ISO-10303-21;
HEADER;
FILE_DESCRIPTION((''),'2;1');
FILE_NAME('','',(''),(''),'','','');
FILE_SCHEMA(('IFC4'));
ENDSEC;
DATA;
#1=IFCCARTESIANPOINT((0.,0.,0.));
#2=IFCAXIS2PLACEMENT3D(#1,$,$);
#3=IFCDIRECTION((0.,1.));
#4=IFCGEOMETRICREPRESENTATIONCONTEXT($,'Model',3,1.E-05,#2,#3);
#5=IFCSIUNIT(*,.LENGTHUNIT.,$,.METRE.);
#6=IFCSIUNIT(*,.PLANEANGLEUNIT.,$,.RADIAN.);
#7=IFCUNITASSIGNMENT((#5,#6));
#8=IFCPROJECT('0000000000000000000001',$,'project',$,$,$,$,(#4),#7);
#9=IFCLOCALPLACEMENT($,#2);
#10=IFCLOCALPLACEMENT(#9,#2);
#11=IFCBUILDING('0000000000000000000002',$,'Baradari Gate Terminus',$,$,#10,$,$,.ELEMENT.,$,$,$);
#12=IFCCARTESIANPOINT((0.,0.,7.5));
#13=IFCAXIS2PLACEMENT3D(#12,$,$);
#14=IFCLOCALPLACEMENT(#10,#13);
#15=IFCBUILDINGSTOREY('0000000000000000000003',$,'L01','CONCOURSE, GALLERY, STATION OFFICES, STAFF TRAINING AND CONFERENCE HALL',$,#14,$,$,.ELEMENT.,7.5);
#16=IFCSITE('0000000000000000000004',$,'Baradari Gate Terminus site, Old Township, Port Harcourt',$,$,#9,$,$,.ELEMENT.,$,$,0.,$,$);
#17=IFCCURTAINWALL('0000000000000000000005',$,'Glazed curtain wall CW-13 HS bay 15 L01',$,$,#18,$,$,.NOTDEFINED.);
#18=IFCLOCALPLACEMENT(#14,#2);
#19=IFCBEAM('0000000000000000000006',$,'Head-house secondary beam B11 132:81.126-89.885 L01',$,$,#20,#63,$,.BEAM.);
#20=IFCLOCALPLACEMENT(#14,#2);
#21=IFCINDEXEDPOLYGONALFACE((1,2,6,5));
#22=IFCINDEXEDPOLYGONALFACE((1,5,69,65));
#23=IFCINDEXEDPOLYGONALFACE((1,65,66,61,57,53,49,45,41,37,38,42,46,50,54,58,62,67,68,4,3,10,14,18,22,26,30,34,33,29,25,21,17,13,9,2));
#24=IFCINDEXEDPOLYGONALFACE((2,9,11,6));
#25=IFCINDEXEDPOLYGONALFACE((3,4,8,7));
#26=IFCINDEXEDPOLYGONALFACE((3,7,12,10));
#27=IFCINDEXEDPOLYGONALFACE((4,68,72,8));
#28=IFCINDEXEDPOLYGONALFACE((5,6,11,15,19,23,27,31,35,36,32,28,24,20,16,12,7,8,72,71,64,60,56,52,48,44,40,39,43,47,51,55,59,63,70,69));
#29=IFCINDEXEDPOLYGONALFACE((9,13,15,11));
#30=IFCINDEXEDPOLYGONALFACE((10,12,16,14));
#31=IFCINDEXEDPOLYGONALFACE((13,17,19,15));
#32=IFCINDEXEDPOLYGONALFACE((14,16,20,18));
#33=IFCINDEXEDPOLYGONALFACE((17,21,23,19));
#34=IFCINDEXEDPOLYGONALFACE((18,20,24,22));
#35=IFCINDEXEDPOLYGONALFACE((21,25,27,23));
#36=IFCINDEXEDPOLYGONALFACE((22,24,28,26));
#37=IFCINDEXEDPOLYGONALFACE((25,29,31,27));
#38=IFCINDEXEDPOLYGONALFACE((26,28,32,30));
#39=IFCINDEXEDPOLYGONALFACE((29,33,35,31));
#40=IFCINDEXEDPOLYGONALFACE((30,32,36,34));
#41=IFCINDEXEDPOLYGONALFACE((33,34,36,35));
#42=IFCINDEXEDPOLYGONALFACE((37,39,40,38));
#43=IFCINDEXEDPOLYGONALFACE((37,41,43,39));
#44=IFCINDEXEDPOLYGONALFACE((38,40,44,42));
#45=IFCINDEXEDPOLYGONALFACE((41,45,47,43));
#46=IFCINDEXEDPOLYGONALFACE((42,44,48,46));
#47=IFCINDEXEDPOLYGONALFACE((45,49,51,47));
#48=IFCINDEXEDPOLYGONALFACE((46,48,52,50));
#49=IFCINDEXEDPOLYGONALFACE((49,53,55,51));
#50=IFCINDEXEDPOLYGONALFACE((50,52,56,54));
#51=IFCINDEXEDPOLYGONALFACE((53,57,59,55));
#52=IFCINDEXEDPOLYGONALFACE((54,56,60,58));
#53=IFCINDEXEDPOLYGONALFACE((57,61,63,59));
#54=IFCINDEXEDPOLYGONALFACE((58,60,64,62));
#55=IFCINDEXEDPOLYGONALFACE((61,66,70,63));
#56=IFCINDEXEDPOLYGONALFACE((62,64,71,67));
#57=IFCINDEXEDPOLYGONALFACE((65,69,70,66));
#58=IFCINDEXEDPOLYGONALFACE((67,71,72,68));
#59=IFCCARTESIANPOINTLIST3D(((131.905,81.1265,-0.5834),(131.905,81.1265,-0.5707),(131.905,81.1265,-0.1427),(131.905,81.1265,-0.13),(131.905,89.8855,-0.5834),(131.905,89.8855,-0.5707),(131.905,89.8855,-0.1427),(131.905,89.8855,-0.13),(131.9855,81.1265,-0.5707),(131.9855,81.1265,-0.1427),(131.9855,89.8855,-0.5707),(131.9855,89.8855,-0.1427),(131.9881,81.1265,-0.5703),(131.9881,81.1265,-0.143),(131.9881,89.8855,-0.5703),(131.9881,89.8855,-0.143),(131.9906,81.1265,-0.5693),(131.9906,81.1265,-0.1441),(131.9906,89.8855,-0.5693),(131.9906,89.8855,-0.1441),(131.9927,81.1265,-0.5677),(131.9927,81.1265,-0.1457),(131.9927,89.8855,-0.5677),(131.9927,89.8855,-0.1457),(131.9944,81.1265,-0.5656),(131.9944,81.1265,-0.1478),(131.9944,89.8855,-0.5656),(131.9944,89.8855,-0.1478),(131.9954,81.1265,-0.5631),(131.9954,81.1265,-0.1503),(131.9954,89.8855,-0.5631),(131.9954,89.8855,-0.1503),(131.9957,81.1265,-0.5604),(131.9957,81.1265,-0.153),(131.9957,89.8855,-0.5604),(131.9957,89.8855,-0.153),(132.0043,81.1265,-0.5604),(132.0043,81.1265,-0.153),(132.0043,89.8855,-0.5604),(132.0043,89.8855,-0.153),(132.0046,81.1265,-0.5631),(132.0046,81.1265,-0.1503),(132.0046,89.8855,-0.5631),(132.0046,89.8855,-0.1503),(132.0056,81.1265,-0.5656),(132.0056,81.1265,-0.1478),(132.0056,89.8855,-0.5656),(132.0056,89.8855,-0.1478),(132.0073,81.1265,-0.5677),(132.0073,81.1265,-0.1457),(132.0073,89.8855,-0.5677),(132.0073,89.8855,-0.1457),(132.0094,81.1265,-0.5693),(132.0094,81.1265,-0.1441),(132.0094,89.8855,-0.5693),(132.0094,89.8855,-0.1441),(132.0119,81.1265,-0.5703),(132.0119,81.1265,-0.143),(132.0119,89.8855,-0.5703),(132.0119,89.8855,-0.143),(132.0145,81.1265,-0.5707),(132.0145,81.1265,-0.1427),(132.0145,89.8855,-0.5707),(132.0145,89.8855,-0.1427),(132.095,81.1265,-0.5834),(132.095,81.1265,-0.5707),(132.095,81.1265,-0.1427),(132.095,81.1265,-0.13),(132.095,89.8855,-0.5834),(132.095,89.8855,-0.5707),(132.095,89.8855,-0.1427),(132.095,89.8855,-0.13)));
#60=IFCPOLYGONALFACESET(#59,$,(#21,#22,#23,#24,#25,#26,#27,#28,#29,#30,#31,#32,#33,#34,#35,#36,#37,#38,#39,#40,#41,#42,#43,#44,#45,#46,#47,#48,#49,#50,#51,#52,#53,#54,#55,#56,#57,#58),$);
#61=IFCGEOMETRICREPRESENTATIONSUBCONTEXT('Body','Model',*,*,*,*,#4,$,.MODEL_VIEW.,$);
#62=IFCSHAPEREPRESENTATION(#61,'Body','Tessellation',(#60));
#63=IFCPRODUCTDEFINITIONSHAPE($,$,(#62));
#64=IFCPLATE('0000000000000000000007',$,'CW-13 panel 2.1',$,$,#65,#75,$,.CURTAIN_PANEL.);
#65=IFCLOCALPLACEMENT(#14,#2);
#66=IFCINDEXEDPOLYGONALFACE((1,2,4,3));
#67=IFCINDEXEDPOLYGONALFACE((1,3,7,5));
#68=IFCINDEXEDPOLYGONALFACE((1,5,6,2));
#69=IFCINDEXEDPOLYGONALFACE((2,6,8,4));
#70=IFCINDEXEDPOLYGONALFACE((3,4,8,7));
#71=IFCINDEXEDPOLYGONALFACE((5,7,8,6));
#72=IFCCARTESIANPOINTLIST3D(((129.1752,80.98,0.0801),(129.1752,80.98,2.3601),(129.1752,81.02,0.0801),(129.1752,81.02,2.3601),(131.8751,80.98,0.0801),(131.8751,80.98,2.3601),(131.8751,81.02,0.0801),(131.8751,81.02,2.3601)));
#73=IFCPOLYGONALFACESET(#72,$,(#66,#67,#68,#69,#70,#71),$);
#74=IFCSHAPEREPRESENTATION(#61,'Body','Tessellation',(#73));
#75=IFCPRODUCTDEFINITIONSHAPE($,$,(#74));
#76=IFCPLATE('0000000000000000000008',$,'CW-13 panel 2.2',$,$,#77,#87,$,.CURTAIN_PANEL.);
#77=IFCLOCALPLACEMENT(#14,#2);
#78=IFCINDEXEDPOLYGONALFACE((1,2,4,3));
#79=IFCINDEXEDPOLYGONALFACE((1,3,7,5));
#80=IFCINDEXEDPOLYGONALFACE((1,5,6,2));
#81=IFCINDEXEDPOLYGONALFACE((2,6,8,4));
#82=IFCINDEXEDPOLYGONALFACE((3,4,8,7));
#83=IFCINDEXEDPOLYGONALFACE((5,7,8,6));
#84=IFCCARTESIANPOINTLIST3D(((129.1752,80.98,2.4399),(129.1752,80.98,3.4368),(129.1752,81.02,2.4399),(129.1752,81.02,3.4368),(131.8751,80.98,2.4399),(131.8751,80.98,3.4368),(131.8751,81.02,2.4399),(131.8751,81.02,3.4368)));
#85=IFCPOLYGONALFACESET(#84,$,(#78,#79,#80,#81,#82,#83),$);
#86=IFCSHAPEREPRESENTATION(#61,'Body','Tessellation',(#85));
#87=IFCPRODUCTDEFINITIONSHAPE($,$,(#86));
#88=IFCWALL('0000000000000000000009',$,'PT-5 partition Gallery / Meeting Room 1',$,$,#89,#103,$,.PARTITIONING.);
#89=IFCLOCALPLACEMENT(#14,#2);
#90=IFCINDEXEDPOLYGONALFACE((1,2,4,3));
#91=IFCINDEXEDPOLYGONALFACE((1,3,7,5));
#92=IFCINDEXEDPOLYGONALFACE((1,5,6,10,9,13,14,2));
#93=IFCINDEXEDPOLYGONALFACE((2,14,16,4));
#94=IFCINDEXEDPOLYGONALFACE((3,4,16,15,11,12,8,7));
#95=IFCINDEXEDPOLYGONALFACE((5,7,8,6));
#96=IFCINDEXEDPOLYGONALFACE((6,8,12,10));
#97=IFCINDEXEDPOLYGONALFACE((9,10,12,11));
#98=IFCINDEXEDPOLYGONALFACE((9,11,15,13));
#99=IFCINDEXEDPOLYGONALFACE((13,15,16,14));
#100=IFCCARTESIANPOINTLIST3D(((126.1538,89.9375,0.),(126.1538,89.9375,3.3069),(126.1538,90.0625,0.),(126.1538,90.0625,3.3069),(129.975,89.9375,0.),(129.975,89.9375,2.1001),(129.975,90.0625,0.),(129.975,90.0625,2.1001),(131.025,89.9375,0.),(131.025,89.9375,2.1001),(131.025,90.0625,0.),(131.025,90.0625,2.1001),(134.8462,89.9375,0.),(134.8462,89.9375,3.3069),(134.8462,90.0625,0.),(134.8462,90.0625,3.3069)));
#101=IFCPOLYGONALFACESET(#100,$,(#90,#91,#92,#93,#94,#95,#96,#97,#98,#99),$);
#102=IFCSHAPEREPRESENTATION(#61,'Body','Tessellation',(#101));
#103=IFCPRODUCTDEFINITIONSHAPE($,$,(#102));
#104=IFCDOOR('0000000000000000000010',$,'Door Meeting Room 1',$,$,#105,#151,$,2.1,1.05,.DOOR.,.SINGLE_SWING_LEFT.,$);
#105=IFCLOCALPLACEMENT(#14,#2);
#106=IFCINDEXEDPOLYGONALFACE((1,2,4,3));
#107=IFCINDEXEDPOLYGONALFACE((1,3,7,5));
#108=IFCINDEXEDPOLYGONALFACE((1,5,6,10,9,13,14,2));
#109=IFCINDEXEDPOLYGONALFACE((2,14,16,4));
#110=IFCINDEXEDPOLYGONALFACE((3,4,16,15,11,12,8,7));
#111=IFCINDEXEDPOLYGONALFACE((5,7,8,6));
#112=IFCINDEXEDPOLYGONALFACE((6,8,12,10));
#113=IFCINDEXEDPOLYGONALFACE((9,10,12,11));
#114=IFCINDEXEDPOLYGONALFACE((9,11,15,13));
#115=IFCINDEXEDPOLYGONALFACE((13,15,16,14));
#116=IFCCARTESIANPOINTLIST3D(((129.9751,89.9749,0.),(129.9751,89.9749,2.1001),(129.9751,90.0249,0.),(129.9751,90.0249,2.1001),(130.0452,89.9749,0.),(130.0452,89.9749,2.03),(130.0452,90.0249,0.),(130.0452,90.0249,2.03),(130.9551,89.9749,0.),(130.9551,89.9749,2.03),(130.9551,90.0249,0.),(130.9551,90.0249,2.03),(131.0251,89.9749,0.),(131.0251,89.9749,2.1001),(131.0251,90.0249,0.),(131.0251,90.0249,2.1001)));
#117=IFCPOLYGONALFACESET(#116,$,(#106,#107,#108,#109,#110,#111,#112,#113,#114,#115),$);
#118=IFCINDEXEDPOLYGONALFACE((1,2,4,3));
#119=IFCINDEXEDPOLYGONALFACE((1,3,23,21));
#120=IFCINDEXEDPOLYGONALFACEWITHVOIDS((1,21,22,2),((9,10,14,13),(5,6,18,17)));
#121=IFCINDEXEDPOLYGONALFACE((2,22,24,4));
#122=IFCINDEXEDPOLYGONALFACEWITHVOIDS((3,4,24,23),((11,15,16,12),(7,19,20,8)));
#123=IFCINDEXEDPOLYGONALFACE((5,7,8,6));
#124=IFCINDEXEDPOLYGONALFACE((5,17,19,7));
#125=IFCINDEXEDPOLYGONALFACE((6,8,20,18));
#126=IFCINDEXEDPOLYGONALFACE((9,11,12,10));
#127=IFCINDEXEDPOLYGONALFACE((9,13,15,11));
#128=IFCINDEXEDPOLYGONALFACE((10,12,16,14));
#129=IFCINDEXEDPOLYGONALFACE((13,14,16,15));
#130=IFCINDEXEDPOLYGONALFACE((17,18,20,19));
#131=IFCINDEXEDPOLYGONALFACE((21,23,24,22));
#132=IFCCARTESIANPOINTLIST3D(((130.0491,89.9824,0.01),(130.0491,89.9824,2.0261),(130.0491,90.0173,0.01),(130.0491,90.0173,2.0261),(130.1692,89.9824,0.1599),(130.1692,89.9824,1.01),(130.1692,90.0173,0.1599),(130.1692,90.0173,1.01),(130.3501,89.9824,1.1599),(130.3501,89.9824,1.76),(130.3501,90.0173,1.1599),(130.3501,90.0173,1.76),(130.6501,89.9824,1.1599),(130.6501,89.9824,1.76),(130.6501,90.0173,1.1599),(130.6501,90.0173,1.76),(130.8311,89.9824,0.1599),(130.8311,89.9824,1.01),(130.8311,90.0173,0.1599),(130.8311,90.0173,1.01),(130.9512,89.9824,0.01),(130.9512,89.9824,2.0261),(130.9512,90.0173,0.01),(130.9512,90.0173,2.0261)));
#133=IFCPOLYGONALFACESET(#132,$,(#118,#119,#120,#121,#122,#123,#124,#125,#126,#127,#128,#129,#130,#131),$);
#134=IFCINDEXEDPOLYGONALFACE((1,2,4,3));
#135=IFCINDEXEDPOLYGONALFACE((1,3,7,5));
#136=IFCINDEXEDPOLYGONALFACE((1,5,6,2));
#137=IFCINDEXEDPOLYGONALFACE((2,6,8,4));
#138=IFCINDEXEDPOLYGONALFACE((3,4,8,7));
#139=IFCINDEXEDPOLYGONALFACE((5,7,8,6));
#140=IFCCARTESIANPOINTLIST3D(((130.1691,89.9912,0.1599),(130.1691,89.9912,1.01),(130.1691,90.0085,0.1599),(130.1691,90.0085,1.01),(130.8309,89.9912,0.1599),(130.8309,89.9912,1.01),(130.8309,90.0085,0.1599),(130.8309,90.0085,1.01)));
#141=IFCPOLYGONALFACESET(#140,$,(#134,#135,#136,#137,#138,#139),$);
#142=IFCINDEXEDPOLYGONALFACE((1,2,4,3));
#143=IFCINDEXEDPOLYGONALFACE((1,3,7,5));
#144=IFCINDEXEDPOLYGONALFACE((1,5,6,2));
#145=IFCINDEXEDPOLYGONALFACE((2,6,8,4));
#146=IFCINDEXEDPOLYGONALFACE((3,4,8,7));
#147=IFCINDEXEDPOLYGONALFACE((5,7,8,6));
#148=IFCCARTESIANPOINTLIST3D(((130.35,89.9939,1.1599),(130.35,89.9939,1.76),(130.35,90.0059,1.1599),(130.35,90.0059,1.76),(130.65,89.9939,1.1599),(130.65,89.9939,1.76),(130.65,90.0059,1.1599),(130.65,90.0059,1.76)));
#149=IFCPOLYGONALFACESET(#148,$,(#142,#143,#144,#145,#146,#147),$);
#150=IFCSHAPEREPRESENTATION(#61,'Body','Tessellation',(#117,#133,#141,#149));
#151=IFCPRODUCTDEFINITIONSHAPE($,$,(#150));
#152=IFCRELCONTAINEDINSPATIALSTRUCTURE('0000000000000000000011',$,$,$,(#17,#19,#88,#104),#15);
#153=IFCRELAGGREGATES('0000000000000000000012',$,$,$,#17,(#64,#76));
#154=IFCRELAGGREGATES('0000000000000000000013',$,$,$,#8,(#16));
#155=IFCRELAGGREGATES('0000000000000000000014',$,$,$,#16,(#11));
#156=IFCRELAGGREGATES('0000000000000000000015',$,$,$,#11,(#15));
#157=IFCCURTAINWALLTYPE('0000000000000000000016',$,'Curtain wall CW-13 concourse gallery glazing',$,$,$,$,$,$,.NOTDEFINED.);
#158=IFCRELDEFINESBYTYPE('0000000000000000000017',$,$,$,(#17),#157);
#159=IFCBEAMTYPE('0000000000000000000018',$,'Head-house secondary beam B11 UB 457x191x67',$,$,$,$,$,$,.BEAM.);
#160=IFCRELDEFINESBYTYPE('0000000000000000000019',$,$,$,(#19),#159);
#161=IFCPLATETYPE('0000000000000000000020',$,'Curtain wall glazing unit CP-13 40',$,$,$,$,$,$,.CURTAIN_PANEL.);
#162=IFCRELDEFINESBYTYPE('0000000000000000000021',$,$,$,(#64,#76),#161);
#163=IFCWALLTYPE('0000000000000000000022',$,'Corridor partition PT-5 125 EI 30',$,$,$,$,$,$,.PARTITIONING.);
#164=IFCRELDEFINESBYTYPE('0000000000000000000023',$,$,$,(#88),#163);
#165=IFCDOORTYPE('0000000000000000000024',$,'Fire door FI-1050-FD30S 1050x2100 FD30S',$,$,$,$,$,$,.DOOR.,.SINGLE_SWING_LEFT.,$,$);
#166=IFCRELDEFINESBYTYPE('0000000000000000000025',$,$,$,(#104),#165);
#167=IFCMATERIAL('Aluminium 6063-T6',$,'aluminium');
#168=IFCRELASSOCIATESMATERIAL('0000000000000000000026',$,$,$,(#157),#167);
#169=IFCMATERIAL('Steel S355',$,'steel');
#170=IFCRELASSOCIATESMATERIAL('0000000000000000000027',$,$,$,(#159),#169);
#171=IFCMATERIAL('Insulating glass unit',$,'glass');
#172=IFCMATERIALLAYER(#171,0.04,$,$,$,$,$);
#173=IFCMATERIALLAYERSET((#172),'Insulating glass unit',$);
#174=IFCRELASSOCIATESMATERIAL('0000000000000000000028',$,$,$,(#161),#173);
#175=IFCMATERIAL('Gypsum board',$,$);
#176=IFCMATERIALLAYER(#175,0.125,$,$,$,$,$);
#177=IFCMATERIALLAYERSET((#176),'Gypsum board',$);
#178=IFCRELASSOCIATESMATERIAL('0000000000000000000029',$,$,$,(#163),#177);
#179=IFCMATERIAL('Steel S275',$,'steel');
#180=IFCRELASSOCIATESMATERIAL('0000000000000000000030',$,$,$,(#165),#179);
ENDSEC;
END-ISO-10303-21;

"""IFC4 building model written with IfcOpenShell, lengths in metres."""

from ifc_helpers import new_model, si_unit, direction, frame, frame_2d, origin, origin_2d, place, context, subcontext, project, spatial, polyline, rectangle, i_section, outline, extrude, material, layer, layer_set, material_profile, profile_set, type_object, element, fill, aggregate, save


model = new_model("IFC4")

# Units and contexts
model_context = context("Model", 3, precision=1e-05, world=origin(), true_north=direction((0.0, 1.0)))
body_context = subcontext(model_context, "Body", "Model", "MODEL_VIEW")
ifc_project = project(units=[si_unit("LENGTHUNIT", "METRE"), si_unit("PLANEANGLEUNIT", "RADIAN")], contexts=[model_context])

# Site, building, storey
site_placement = place(None, origin())
site = spatial("IfcSite", under=ifc_project, at=site_placement, Name="Baradari Gate Terminus site, Old Township, Port Harcourt", CompositionType="ELEMENT", RefElevation=0.0)
building_placement = place(site_placement, origin())
building = spatial("IfcBuilding", under=site, at=building_placement, Name="Baradari Gate Terminus", CompositionType="ELEMENT")
storey_placement = place(building_placement, frame((0.0, 0.0, 7.5)))
storey = spatial("IfcBuildingStorey", under=building, at=storey_placement, Name="L01", Description="CONCOURSE, GALLERY, STATION OFFICES, STAFF TRAINING AND CONFERENCE HALL", CompositionType="ELEMENT", Elevation=7.5)

# Curtain wall
ifc_material_1 = material(Name="Aluminium 6063-T6", Category="aluminium")
curtain_wall_type = type_object("IfcCurtainWallType", Name="Curtain wall CW-13 concourse gallery glazing", PredefinedType="NOTDEFINED", material=ifc_material_1)
curtain_wall_placement = place(storey_placement, origin())
curtain_wall = element("IfcCurtainWall", 1, at=curtain_wall_placement, inside=storey, type_object=curtain_wall_type, Name="Glazed curtain wall CW-13 HS bay 15 L01", PredefinedType="NOTDEFINED")

# Beam
ifc_material_2 = material(Name="Steel S355", Category="steel")
ifc_material_profile_1 = material_profile(ifc_material_2, i_section(OverallWidth=0.1899, OverallDepth=0.4534, WebThickness=0.0085, FlangeThickness=0.0127, FilletRadius=0.0103, at=origin_2d()), Name="UB 457x191x67")
ifc_profile_set_1 = profile_set([ifc_material_profile_1], Name="Steel S355")
beam_type_1 = type_object("IfcBeamType", Name="Head-house secondary beam B11 UB 457x191x67", PredefinedType="BEAM", material=ifc_profile_set_1)
beam_1_placement = place(storey_placement, frame((132.0, 81.1265, -0.3567), z_axis=(0.0, 1.0, 0.0), x_axis=(-1.0, 0.0, 0.0)))
element("IfcBeam", 2, at=beam_1_placement, inside=storey, type_object=beam_type_1, Name="Head-house secondary beam B11 132:81.126-89.885 L01", PredefinedType="BEAM", context=body_context, shape_type="SweptSolid", body=[
    extrude(i_section(OverallWidth=0.1899, OverallDepth=0.4534, WebThickness=0.0085, FlangeThickness=0.0127, FilletRadius=0.0103, at=origin_2d()), origin(), (0.0, 0.0, 1.0), 8.759),
])

# Plates
ifc_material_3 = material(Name="Insulating glass unit", Category="glass")
ifc_layer_1 = layer(ifc_material_3, 0.04)
ifc_layer_set_1 = layer_set([ifc_layer_1], Name="Insulating glass unit")
plate_type = type_object("IfcPlateType", Name="Curtain wall glazing unit CP-13 40", PredefinedType="CURTAIN_PANEL", material=ifc_layer_set_1)
plate_1_placement = place(storey_placement, frame((130.5251, 81.0, 0.0801), z_axis=(0.0, 0.0, 1.0), x_axis=(1.0, 0.0, 0.0)))
plate_1 = element("IfcPlate", 3, at=plate_1_placement, type_object=plate_type, Name="CW-13 panel 2.1", PredefinedType="CURTAIN_PANEL", context=body_context, shape_type="SweptSolid", body=[
    extrude(rectangle(XDim=2.7, YDim=0.04, at=origin_2d()), origin(), (0.0, 0.0, 1.0), 2.28),
])
plate_2_placement = place(storey_placement, frame((130.5251, 81.0, 2.4399), z_axis=(0.0, 0.0, 1.0), x_axis=(1.0, 0.0, 0.0)))
plate_2 = element("IfcPlate", 4, at=plate_2_placement, type_object=plate_type, Name="CW-13 panel 2.2", PredefinedType="CURTAIN_PANEL", context=body_context, shape_type="SweptSolid", body=[
    extrude(rectangle(XDim=2.7, YDim=0.04, at=origin_2d()), origin(), (0.0, 0.0, 1.0), 0.9968),
])
aggregate(curtain_wall, [plate_1, plate_2])

# Wall, opening, door
ifc_material_4 = material(Name="Gypsum board")
ifc_layer_2 = layer(ifc_material_4, 0.125)
ifc_layer_set_2 = layer_set([ifc_layer_2], Name="Gypsum board")
wall_type = type_object("IfcWallType", Name="Corridor partition PT-5 125 EI 30", PredefinedType="PARTITIONING", material=ifc_layer_set_2)
wall_placement = place(storey_placement, frame((126.1538, 90.0, 0.0), z_axis=(0.0, 0.0, 1.0), x_axis=(1.0, 0.0, 0.0)))
wall = element("IfcWall", 5, at=wall_placement, inside=storey, type_object=wall_type, Name="PT-5 partition Gallery / Meeting Room 1", PredefinedType="PARTITIONING", context=body_context, shape_type="SweptSolid", body=[
    extrude(rectangle(XDim=8.6924, YDim=0.125, at=frame_2d((4.3462, 0.0))), origin(), (0.0, 0.0, 1.0), 3.3069),
])
opening_placement = place(wall_placement, frame((3.8213, 0.0, 0.0)))
opening = element("IfcOpeningElement", 6, at=opening_placement, cuts=wall, PredefinedType="OPENING", context=body_context, shape_type="SweptSolid", body=[
    extrude(rectangle(XDim=1.05, YDim=2.1001, at=frame_2d((0.5249, 1.05))), frame((0.0, 0.0725, 0.0), z_axis=(0.0, -1.0, 0.0), x_axis=(1.0, 0.0, 0.0)), (0.0, 0.0, 1.0), 0.145),
])
ifc_material_5 = material(Name="Steel S275", Category="steel")
door_type = type_object("IfcDoorType", Name="Fire door FI-1050-FD30S 1050x2100 FD30S", OperationType="SINGLE_SWING_LEFT", PredefinedType="DOOR", material=ifc_material_5)
door_placement = place(opening_placement, origin())
door = element("IfcDoor", 7, at=door_placement, inside=storey, type_object=door_type, Name="Door Meeting Room 1", OperationType="SINGLE_SWING_LEFT", OverallHeight=2.1, OverallWidth=1.05, PredefinedType="DOOR", context=body_context, shape_type="SweptSolid", body=[
    extrude(outline(polyline([(0.0, 0.0), (0.0701, 0.0), (0.0701, 2.03), (0.98, 2.03), (0.98, 0.0), (1.05, 0.0), (1.05, 2.1001), (0.0, 2.1001), (0.0, 0.0)])), frame((0.0, 0.0249, 0.0), z_axis=(0.0, -1.0, 0.0), x_axis=(1.0, 0.0, 0.0)), (0.0, 0.0, 1.0), 0.05),
    extrude(outline(polyline([(0.074, 0.01), (0.9761, 0.01), (0.9761, 2.0261), (0.074, 2.0261), (0.074, 0.01)]), holes=[polyline([(0.1941, 0.1599), (0.856, 0.1599), (0.856, 1.01), (0.1941, 1.01), (0.1941, 0.1599)]), polyline([(0.375, 1.1599), (0.675, 1.1599), (0.675, 1.76), (0.375, 1.76), (0.375, 1.1599)])]), frame((0.0, 0.0173, 0.0), z_axis=(0.0, -1.0, 0.0), x_axis=(1.0, 0.0, 0.0)), (0.0, 0.0, 1.0), 0.0349),
    extrude(rectangle(XDim=0.6619, YDim=0.8501, at=frame_2d((0.5249, 0.585))), frame((0.0, 0.0085, 0.0), z_axis=(0.0, -1.0, 0.0), x_axis=(1.0, 0.0, 0.0)), (0.0, 0.0, 1.0), 0.0173),
    extrude(rectangle(XDim=0.3, YDim=0.6001, at=frame_2d((0.5249, 1.46))), frame((0.0, 0.0059, 0.0), z_axis=(0.0, -1.0, 0.0), x_axis=(1.0, 0.0, 0.0)), (0.0, 0.0, 1.0), 0.012),
])
fill(opening, door)

save(model, "model.ifc")
